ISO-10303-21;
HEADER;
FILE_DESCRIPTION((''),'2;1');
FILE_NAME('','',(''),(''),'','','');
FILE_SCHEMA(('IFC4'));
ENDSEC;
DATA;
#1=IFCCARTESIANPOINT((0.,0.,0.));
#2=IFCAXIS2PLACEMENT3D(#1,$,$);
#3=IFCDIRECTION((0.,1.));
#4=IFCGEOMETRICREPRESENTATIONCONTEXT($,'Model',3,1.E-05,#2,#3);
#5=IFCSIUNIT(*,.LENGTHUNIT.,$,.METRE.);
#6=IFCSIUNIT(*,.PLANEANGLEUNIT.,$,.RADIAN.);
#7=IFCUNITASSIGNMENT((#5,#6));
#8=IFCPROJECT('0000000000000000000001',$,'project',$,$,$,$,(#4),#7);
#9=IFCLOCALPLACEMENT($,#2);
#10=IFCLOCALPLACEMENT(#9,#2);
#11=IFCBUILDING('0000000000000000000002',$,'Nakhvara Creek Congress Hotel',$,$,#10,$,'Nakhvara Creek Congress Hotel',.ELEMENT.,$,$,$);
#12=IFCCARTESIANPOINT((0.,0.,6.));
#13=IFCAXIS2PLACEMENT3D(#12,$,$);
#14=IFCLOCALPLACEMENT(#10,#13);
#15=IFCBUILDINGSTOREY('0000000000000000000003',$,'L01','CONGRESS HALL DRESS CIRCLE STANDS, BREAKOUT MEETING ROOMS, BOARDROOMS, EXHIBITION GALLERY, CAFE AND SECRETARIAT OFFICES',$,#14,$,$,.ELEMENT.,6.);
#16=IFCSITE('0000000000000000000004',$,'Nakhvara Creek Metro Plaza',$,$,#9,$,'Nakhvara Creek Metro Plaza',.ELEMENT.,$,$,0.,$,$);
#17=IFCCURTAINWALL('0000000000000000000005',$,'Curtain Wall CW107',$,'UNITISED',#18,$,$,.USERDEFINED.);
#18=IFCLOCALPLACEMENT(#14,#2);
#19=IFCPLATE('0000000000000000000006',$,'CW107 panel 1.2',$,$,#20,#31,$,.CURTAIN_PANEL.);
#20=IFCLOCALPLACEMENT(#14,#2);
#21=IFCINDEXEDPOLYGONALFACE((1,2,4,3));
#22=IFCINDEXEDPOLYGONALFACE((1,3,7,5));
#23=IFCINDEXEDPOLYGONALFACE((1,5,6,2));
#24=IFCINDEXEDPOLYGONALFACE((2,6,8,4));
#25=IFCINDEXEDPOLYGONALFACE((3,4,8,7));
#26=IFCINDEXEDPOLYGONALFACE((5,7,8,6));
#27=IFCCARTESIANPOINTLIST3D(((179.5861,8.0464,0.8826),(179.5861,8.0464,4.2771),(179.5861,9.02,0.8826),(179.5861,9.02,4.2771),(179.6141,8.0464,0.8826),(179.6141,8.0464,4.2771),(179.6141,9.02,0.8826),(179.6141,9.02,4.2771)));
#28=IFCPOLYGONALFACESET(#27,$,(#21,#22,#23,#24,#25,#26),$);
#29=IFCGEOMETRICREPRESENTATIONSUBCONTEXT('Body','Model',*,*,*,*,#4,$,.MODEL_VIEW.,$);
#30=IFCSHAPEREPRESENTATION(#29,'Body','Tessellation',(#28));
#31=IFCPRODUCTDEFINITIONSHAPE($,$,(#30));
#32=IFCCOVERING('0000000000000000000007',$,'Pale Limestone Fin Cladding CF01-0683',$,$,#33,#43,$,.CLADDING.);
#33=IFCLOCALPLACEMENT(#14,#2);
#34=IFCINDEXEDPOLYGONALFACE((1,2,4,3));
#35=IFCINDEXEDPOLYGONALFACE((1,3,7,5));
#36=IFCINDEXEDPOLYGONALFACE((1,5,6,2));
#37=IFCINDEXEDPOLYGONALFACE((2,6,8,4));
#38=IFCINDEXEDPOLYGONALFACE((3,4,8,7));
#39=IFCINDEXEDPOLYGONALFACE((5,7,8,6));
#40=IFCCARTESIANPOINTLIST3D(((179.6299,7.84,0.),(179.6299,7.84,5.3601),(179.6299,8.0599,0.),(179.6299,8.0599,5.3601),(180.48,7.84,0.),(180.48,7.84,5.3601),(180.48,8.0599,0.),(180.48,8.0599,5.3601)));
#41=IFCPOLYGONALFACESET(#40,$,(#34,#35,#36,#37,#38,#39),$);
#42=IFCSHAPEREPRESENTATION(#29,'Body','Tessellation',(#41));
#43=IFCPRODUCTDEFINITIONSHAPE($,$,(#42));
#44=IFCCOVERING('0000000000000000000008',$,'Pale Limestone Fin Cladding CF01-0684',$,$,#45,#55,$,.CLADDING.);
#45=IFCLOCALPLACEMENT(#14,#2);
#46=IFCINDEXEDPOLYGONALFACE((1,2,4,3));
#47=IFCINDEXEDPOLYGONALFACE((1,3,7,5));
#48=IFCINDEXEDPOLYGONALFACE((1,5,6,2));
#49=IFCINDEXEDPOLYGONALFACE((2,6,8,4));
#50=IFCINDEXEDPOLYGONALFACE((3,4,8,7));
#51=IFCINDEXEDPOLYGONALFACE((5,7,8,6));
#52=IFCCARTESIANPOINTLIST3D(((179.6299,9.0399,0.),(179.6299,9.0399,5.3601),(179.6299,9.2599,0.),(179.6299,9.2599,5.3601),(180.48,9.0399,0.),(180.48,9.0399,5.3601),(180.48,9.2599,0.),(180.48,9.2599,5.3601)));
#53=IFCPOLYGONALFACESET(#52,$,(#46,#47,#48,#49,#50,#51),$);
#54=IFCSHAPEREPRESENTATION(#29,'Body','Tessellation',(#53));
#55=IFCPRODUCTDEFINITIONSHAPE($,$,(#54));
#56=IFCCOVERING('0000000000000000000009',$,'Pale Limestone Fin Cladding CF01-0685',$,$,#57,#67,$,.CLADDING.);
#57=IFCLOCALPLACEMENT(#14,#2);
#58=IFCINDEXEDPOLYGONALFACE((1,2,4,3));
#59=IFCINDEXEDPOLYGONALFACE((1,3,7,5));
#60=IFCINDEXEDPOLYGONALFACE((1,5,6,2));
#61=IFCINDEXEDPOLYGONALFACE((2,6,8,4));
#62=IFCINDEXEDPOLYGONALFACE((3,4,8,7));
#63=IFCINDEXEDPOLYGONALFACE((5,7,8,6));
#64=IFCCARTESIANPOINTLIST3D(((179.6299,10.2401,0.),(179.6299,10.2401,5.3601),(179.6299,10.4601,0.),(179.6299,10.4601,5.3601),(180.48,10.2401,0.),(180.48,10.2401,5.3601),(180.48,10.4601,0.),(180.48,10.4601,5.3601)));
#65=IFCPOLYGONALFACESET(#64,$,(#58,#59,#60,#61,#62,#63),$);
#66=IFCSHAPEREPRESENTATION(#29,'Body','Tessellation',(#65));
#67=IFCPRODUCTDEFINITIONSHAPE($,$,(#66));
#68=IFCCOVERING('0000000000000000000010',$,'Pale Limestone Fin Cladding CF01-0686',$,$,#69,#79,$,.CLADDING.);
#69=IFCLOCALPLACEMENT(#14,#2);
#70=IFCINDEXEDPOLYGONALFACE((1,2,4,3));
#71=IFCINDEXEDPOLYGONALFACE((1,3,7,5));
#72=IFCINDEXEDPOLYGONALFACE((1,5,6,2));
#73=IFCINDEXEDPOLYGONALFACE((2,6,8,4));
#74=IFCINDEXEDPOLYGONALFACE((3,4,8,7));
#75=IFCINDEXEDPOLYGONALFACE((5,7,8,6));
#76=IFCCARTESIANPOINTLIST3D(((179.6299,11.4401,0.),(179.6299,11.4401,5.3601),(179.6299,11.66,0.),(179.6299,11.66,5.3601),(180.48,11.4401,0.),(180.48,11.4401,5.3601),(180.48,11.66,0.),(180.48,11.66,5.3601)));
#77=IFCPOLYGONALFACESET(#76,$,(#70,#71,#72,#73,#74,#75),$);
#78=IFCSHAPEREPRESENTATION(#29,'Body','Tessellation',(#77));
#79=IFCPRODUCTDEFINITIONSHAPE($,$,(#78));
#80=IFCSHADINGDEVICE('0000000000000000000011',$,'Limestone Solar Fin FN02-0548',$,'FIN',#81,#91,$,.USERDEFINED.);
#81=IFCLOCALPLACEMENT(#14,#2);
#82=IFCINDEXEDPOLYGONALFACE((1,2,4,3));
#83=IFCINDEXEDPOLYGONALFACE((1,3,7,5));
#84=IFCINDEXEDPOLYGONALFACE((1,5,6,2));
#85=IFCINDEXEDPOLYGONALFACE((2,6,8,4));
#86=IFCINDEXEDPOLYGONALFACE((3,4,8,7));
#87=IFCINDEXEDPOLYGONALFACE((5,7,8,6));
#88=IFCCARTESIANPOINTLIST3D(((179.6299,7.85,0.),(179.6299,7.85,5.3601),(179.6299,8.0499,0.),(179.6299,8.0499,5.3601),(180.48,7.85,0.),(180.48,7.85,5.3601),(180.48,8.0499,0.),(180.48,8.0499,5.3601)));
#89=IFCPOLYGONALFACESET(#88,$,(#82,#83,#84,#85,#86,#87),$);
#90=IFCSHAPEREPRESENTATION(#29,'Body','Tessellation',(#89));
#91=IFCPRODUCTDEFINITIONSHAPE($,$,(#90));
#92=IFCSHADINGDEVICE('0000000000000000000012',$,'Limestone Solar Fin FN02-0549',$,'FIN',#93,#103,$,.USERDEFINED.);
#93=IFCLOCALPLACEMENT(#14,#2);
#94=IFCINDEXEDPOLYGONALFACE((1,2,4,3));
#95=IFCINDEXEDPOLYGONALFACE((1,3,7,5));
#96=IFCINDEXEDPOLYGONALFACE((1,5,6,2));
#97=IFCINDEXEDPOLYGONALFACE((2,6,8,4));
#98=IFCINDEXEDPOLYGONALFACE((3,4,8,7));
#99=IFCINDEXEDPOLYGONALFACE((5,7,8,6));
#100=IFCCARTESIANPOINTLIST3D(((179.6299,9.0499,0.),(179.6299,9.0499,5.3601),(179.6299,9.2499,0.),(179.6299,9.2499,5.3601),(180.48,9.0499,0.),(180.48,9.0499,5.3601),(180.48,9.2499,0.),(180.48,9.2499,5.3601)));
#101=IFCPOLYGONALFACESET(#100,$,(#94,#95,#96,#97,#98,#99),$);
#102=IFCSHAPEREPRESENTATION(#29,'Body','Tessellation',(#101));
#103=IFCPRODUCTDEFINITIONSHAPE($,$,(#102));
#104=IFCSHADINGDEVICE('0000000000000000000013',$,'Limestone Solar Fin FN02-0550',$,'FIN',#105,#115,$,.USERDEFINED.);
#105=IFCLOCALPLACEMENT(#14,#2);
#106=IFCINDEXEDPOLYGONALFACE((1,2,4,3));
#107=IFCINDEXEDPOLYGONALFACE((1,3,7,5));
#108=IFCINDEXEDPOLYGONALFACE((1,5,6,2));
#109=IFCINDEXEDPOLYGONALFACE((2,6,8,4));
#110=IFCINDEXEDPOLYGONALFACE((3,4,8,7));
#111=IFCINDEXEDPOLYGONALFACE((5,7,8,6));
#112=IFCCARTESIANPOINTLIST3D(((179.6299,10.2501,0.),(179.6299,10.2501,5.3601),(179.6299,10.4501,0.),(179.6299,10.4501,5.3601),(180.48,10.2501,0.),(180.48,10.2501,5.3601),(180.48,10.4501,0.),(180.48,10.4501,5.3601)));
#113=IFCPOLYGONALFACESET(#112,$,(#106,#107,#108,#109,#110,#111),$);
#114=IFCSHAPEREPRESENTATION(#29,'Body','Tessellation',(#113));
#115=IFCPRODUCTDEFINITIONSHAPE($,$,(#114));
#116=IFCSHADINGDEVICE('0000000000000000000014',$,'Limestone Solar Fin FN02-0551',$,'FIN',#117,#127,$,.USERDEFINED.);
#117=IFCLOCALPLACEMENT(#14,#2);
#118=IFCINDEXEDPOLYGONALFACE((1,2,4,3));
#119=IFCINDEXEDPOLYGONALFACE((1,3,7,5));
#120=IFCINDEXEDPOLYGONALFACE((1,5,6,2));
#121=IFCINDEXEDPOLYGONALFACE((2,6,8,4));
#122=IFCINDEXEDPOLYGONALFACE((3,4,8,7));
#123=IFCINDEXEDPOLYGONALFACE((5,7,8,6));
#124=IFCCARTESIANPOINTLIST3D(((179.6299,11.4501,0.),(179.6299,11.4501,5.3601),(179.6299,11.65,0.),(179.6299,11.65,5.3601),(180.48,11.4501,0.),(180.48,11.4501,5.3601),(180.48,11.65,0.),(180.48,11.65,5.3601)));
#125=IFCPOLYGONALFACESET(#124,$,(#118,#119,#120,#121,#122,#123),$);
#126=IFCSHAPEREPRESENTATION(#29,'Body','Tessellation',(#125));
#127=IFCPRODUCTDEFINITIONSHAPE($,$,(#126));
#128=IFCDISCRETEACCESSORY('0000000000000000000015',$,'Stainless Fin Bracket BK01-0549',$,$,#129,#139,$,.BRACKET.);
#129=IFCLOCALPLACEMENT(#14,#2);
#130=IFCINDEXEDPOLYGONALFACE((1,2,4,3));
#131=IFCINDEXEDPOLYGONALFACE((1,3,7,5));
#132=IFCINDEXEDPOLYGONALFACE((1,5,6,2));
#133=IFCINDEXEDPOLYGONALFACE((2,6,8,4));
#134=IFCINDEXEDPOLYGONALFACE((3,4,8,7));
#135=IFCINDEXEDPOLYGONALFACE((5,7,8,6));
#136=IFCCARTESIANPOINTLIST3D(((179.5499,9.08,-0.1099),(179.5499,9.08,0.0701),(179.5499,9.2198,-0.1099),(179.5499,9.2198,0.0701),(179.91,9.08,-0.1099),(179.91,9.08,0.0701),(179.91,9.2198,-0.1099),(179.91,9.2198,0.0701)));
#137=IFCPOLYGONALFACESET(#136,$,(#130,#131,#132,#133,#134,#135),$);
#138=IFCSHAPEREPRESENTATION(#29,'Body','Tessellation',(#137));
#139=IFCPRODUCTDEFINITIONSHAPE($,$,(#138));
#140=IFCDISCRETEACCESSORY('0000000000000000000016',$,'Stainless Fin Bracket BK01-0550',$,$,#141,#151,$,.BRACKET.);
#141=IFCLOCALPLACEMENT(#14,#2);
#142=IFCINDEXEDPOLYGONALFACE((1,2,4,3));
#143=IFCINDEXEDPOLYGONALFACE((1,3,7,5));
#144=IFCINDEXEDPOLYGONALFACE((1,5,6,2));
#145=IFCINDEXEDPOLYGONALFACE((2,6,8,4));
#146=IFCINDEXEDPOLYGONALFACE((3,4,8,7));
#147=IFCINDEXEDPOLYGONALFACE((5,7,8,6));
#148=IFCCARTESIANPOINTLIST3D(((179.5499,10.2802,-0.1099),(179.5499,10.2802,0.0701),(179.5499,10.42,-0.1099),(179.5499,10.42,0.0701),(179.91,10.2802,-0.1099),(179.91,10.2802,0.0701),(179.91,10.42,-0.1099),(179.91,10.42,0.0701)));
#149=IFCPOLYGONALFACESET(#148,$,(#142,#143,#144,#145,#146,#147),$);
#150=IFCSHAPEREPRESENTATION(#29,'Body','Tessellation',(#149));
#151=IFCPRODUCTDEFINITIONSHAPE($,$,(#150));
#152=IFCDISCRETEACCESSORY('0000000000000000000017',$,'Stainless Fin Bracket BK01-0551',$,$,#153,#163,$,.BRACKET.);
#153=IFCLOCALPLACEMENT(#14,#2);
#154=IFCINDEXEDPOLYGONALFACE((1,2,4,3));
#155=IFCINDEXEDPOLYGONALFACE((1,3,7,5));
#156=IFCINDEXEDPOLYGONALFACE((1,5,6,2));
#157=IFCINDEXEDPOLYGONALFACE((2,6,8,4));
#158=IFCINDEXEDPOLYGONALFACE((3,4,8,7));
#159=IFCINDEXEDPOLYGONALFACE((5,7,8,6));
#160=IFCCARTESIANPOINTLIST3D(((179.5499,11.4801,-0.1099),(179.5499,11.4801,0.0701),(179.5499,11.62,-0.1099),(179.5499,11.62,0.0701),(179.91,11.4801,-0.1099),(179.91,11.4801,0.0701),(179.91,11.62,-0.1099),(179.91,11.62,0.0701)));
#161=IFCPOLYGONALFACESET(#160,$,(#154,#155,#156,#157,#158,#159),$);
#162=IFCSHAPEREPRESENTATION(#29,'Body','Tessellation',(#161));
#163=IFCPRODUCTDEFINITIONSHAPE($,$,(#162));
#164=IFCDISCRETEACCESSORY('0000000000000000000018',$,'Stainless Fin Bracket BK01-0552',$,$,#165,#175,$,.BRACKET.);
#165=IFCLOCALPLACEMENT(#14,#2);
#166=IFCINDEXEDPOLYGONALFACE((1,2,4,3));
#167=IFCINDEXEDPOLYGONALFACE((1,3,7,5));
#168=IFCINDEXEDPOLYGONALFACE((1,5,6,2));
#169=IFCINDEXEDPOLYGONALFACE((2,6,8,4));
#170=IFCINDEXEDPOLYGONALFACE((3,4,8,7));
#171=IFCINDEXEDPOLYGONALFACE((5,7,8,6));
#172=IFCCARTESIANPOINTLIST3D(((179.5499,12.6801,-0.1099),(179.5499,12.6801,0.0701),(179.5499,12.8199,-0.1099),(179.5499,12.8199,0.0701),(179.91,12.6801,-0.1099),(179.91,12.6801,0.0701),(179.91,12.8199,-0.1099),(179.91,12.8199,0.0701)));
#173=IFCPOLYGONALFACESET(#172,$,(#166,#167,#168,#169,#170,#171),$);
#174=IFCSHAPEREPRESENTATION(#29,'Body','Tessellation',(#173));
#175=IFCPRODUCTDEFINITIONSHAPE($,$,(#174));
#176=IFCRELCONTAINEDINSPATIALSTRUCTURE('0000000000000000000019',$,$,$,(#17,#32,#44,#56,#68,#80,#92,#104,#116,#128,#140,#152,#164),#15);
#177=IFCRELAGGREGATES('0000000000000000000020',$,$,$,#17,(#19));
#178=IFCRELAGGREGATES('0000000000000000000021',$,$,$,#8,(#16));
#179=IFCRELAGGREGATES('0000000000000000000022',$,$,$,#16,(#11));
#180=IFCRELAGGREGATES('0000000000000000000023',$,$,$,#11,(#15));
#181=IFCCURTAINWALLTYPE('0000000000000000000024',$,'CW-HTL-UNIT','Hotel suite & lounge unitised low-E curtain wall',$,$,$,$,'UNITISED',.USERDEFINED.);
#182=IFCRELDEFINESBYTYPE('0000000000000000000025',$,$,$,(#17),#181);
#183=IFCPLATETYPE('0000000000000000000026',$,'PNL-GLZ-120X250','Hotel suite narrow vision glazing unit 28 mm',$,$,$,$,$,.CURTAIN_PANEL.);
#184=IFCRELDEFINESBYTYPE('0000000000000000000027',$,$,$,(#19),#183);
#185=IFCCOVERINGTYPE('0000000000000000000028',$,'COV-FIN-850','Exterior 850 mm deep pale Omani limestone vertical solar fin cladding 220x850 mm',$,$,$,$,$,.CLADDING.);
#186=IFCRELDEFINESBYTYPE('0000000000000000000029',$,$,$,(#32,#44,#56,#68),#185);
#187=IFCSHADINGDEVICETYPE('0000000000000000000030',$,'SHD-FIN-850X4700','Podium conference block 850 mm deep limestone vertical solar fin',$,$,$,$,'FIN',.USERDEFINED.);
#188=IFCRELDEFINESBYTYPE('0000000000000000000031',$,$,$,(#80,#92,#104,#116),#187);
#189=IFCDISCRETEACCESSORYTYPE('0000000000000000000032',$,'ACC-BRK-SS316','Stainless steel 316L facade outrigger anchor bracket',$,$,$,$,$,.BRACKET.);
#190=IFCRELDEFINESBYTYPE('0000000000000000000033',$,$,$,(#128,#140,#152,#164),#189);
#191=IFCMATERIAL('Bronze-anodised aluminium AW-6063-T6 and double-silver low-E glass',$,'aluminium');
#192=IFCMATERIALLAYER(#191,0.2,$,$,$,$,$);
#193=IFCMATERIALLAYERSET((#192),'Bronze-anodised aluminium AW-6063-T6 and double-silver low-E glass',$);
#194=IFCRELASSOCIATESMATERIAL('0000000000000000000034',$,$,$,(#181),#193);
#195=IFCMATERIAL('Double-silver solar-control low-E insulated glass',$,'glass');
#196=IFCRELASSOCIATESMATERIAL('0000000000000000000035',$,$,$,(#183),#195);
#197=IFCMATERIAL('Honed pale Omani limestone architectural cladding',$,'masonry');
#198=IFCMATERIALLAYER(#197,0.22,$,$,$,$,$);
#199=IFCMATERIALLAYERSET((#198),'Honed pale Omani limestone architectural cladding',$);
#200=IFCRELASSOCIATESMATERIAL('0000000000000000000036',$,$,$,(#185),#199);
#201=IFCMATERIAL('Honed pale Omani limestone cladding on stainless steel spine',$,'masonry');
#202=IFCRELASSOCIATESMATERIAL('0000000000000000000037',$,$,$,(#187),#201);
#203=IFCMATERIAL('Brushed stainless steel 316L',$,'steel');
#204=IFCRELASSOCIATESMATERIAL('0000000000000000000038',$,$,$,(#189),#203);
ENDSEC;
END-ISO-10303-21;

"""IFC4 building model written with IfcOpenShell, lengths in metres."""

from ifc_helpers import new_model, si_unit, direction, frame, origin, origin_2d, place, context, subcontext, project, spatial, rectangle, extrude, material, layer, layer_set, type_object, element, aggregate, save


model = new_model("IFC4")

# Units and contexts
model_context = context("Model", 3, precision=1e-05, world=origin(), true_north=direction((0.0, 1.0)))
body_context = subcontext(model_context, "Body", "Model", "MODEL_VIEW")
ifc_project = project(units=[si_unit("LENGTHUNIT", "METRE"), si_unit("PLANEANGLEUNIT", "RADIAN")], contexts=[model_context])

# Site, building, storey
site_placement = place(None, origin())
site = spatial("IfcSite", under=ifc_project, at=site_placement, Name="Nakhvara Creek Metro Plaza", LongName="Nakhvara Creek Metro Plaza", CompositionType="ELEMENT", RefElevation=0.0)
building_placement = place(site_placement, origin())
building = spatial("IfcBuilding", under=site, at=building_placement, Name="Nakhvara Creek Congress Hotel", LongName="Nakhvara Creek Congress Hotel", CompositionType="ELEMENT")
storey_placement = place(building_placement, frame((0.0, 0.0, 6.0)))
storey = spatial("IfcBuildingStorey", under=building, at=storey_placement, Name="L01", Description="CONGRESS HALL DRESS CIRCLE STANDS, BREAKOUT MEETING ROOMS, BOARDROOMS, EXHIBITION GALLERY, CAFE AND SECRETARIAT OFFICES", CompositionType="ELEMENT", Elevation=6.0)

# Curtain wall, plate
ifc_material_1 = material(Name="Bronze-anodised aluminium AW-6063-T6 and double-silver low-E glass", Category="aluminium")
ifc_layer_1 = layer(ifc_material_1, 0.2)
ifc_layer_set_1 = layer_set([ifc_layer_1], Name="Bronze-anodised aluminium AW-6063-T6 and double-silver low-E glass")
curtain_wall_type = type_object("IfcCurtainWallType", Name="CW-HTL-UNIT", Description="Hotel suite & lounge unitised low-E curtain wall", ElementType="UNITISED", PredefinedType="USERDEFINED", material=ifc_layer_set_1)
curtain_wall_placement = place(storey_placement, origin())
curtain_wall = element("IfcCurtainWall", 1, at=curtain_wall_placement, inside=storey, type_object=curtain_wall_type, Name="Curtain Wall CW107", ObjectType="UNITISED", PredefinedType="USERDEFINED")
ifc_material_2 = material(Name="Double-silver solar-control low-E insulated glass", Category="glass")
plate_type = type_object("IfcPlateType", Name="PNL-GLZ-120X250", Description="Hotel suite narrow vision glazing unit 28 mm", PredefinedType="CURTAIN_PANEL", material=ifc_material_2)
plate_1_placement = place(storey_placement, frame((179.6001, 8.5332, 0.8826), z_axis=(0.0, 0.0, 1.0), x_axis=(0.0, -1.0, 0.0)))
plate_1 = element("IfcPlate", 2, at=plate_1_placement, type_object=plate_type, Name="CW107 panel 1.2", PredefinedType="CURTAIN_PANEL", context=body_context, shape_type="SweptSolid", body=[
    extrude(rectangle(XDim=0.9736, YDim=0.0281, at=origin_2d()), origin(), (0.0, 0.0, 1.0), 3.3945),
])
aggregate(curtain_wall, [plate_1])

# Coverings
ifc_material_3 = material(Name="Honed pale Omani limestone architectural cladding", Category="masonry")
ifc_layer_2 = layer(ifc_material_3, 0.22)
ifc_layer_set_2 = layer_set([ifc_layer_2], Name="Honed pale Omani limestone architectural cladding")
covering_type = type_object("IfcCoveringType", Name="COV-FIN-850", Description="Exterior 850 mm deep pale Omani limestone vertical solar fin cladding 220x850 mm", PredefinedType="CLADDING", material=ifc_layer_set_2)
for number, where, z_axis, x_axis, name in (
    (3, (180.0549, 7.95, 0.0), (0.0, 0.0, 1.0), (0.0, 1.0, 0.0), "Pale Limestone Fin Cladding CF01-0683"),
    (4, (180.0549, 9.1499, 0.0), (0.0, 0.0, 1.0), (0.0, 1.0, 0.0), "Pale Limestone Fin Cladding CF01-0684"),
    (5, (180.0549, 10.3501, 0.0), (0.0, 0.0, 1.0), (0.0, 1.0, 0.0), "Pale Limestone Fin Cladding CF01-0685"),
    (6, (180.0549, 11.55, 0.0), (0.0, 0.0, 1.0), (0.0, 1.0, 0.0), "Pale Limestone Fin Cladding CF01-0686"),
):
    element("IfcCovering", number, at=place(storey_placement, frame(where, z_axis=z_axis, x_axis=x_axis)), inside=storey, type_object=covering_type, Name=name, PredefinedType="CLADDING", context=body_context, shape_type="SweptSolid", body=[
        extrude(rectangle(XDim=0.22, YDim=0.8501, at=origin_2d()), origin(), (0.0, 0.0, 1.0), 5.3601),
    ])

# Shading devices
ifc_material_4 = material(Name="Honed pale Omani limestone cladding on stainless steel spine", Category="masonry")
shading_device_type = type_object("IfcShadingDeviceType", Name="SHD-FIN-850X4700", Description="Podium conference block 850 mm deep limestone vertical solar fin", ElementType="FIN", PredefinedType="USERDEFINED", material=ifc_material_4)
for number, where, z_axis, x_axis, name in (
    (7, (180.0549, 7.95, 0.0), (0.0, 0.0, 1.0), (0.0, 1.0, 0.0), "Limestone Solar Fin FN02-0548"),
    (8, (180.0549, 9.1499, 0.0), (0.0, 0.0, 1.0), (0.0, 1.0, 0.0), "Limestone Solar Fin FN02-0549"),
    (9, (180.0549, 10.3501, 0.0), (0.0, 0.0, 1.0), (0.0, 1.0, 0.0), "Limestone Solar Fin FN02-0550"),
    (10, (180.0549, 11.55, 0.0), (0.0, 0.0, 1.0), (0.0, 1.0, 0.0), "Limestone Solar Fin FN02-0551"),
):
    element("IfcShadingDevice", number, at=place(storey_placement, frame(where, z_axis=z_axis, x_axis=x_axis)), inside=storey, type_object=shading_device_type, Name=name, ObjectType="FIN", PredefinedType="USERDEFINED", context=body_context, shape_type="SweptSolid", body=[
        extrude(rectangle(XDim=0.2, YDim=0.8501, at=origin_2d()), origin(), (0.0, 0.0, 1.0), 5.3601),
    ])

# Discrete accessories
ifc_material_5 = material(Name="Brushed stainless steel 316L", Category="steel")
discrete_accessory_type = type_object("IfcDiscreteAccessoryType", Name="ACC-BRK-SS316", Description="Stainless steel 316L facade outrigger anchor bracket", PredefinedType="BRACKET", material=ifc_material_5)
for number, where, z_axis, x_axis, name in (
    (11, (179.73, 9.1499, -0.1099), (0.0, 0.0, 1.0), (0.0, 1.0, 0.0), "Stainless Fin Bracket BK01-0549"),
    (12, (179.73, 10.3501, -0.1099), (0.0, 0.0, 1.0), (0.0, 1.0, 0.0), "Stainless Fin Bracket BK01-0550"),
    (13, (179.73, 11.55, -0.1099), (0.0, 0.0, 1.0), (0.0, 1.0, 0.0), "Stainless Fin Bracket BK01-0551"),
    (14, (179.73, 12.75, -0.1099), (0.0, 0.0, 1.0), (0.0, 1.0, 0.0), "Stainless Fin Bracket BK01-0552"),
):
    element("IfcDiscreteAccessory", number, at=place(storey_placement, frame(where, z_axis=z_axis, x_axis=x_axis)), inside=storey, type_object=discrete_accessory_type, Name=name, PredefinedType="BRACKET", context=body_context, shape_type="SweptSolid", body=[
        extrude(rectangle(XDim=0.1399, YDim=0.3601, at=origin_2d()), origin(), (0.0, 0.0, 1.0), 0.1799),
    ])

save(model, "model.ifc")
